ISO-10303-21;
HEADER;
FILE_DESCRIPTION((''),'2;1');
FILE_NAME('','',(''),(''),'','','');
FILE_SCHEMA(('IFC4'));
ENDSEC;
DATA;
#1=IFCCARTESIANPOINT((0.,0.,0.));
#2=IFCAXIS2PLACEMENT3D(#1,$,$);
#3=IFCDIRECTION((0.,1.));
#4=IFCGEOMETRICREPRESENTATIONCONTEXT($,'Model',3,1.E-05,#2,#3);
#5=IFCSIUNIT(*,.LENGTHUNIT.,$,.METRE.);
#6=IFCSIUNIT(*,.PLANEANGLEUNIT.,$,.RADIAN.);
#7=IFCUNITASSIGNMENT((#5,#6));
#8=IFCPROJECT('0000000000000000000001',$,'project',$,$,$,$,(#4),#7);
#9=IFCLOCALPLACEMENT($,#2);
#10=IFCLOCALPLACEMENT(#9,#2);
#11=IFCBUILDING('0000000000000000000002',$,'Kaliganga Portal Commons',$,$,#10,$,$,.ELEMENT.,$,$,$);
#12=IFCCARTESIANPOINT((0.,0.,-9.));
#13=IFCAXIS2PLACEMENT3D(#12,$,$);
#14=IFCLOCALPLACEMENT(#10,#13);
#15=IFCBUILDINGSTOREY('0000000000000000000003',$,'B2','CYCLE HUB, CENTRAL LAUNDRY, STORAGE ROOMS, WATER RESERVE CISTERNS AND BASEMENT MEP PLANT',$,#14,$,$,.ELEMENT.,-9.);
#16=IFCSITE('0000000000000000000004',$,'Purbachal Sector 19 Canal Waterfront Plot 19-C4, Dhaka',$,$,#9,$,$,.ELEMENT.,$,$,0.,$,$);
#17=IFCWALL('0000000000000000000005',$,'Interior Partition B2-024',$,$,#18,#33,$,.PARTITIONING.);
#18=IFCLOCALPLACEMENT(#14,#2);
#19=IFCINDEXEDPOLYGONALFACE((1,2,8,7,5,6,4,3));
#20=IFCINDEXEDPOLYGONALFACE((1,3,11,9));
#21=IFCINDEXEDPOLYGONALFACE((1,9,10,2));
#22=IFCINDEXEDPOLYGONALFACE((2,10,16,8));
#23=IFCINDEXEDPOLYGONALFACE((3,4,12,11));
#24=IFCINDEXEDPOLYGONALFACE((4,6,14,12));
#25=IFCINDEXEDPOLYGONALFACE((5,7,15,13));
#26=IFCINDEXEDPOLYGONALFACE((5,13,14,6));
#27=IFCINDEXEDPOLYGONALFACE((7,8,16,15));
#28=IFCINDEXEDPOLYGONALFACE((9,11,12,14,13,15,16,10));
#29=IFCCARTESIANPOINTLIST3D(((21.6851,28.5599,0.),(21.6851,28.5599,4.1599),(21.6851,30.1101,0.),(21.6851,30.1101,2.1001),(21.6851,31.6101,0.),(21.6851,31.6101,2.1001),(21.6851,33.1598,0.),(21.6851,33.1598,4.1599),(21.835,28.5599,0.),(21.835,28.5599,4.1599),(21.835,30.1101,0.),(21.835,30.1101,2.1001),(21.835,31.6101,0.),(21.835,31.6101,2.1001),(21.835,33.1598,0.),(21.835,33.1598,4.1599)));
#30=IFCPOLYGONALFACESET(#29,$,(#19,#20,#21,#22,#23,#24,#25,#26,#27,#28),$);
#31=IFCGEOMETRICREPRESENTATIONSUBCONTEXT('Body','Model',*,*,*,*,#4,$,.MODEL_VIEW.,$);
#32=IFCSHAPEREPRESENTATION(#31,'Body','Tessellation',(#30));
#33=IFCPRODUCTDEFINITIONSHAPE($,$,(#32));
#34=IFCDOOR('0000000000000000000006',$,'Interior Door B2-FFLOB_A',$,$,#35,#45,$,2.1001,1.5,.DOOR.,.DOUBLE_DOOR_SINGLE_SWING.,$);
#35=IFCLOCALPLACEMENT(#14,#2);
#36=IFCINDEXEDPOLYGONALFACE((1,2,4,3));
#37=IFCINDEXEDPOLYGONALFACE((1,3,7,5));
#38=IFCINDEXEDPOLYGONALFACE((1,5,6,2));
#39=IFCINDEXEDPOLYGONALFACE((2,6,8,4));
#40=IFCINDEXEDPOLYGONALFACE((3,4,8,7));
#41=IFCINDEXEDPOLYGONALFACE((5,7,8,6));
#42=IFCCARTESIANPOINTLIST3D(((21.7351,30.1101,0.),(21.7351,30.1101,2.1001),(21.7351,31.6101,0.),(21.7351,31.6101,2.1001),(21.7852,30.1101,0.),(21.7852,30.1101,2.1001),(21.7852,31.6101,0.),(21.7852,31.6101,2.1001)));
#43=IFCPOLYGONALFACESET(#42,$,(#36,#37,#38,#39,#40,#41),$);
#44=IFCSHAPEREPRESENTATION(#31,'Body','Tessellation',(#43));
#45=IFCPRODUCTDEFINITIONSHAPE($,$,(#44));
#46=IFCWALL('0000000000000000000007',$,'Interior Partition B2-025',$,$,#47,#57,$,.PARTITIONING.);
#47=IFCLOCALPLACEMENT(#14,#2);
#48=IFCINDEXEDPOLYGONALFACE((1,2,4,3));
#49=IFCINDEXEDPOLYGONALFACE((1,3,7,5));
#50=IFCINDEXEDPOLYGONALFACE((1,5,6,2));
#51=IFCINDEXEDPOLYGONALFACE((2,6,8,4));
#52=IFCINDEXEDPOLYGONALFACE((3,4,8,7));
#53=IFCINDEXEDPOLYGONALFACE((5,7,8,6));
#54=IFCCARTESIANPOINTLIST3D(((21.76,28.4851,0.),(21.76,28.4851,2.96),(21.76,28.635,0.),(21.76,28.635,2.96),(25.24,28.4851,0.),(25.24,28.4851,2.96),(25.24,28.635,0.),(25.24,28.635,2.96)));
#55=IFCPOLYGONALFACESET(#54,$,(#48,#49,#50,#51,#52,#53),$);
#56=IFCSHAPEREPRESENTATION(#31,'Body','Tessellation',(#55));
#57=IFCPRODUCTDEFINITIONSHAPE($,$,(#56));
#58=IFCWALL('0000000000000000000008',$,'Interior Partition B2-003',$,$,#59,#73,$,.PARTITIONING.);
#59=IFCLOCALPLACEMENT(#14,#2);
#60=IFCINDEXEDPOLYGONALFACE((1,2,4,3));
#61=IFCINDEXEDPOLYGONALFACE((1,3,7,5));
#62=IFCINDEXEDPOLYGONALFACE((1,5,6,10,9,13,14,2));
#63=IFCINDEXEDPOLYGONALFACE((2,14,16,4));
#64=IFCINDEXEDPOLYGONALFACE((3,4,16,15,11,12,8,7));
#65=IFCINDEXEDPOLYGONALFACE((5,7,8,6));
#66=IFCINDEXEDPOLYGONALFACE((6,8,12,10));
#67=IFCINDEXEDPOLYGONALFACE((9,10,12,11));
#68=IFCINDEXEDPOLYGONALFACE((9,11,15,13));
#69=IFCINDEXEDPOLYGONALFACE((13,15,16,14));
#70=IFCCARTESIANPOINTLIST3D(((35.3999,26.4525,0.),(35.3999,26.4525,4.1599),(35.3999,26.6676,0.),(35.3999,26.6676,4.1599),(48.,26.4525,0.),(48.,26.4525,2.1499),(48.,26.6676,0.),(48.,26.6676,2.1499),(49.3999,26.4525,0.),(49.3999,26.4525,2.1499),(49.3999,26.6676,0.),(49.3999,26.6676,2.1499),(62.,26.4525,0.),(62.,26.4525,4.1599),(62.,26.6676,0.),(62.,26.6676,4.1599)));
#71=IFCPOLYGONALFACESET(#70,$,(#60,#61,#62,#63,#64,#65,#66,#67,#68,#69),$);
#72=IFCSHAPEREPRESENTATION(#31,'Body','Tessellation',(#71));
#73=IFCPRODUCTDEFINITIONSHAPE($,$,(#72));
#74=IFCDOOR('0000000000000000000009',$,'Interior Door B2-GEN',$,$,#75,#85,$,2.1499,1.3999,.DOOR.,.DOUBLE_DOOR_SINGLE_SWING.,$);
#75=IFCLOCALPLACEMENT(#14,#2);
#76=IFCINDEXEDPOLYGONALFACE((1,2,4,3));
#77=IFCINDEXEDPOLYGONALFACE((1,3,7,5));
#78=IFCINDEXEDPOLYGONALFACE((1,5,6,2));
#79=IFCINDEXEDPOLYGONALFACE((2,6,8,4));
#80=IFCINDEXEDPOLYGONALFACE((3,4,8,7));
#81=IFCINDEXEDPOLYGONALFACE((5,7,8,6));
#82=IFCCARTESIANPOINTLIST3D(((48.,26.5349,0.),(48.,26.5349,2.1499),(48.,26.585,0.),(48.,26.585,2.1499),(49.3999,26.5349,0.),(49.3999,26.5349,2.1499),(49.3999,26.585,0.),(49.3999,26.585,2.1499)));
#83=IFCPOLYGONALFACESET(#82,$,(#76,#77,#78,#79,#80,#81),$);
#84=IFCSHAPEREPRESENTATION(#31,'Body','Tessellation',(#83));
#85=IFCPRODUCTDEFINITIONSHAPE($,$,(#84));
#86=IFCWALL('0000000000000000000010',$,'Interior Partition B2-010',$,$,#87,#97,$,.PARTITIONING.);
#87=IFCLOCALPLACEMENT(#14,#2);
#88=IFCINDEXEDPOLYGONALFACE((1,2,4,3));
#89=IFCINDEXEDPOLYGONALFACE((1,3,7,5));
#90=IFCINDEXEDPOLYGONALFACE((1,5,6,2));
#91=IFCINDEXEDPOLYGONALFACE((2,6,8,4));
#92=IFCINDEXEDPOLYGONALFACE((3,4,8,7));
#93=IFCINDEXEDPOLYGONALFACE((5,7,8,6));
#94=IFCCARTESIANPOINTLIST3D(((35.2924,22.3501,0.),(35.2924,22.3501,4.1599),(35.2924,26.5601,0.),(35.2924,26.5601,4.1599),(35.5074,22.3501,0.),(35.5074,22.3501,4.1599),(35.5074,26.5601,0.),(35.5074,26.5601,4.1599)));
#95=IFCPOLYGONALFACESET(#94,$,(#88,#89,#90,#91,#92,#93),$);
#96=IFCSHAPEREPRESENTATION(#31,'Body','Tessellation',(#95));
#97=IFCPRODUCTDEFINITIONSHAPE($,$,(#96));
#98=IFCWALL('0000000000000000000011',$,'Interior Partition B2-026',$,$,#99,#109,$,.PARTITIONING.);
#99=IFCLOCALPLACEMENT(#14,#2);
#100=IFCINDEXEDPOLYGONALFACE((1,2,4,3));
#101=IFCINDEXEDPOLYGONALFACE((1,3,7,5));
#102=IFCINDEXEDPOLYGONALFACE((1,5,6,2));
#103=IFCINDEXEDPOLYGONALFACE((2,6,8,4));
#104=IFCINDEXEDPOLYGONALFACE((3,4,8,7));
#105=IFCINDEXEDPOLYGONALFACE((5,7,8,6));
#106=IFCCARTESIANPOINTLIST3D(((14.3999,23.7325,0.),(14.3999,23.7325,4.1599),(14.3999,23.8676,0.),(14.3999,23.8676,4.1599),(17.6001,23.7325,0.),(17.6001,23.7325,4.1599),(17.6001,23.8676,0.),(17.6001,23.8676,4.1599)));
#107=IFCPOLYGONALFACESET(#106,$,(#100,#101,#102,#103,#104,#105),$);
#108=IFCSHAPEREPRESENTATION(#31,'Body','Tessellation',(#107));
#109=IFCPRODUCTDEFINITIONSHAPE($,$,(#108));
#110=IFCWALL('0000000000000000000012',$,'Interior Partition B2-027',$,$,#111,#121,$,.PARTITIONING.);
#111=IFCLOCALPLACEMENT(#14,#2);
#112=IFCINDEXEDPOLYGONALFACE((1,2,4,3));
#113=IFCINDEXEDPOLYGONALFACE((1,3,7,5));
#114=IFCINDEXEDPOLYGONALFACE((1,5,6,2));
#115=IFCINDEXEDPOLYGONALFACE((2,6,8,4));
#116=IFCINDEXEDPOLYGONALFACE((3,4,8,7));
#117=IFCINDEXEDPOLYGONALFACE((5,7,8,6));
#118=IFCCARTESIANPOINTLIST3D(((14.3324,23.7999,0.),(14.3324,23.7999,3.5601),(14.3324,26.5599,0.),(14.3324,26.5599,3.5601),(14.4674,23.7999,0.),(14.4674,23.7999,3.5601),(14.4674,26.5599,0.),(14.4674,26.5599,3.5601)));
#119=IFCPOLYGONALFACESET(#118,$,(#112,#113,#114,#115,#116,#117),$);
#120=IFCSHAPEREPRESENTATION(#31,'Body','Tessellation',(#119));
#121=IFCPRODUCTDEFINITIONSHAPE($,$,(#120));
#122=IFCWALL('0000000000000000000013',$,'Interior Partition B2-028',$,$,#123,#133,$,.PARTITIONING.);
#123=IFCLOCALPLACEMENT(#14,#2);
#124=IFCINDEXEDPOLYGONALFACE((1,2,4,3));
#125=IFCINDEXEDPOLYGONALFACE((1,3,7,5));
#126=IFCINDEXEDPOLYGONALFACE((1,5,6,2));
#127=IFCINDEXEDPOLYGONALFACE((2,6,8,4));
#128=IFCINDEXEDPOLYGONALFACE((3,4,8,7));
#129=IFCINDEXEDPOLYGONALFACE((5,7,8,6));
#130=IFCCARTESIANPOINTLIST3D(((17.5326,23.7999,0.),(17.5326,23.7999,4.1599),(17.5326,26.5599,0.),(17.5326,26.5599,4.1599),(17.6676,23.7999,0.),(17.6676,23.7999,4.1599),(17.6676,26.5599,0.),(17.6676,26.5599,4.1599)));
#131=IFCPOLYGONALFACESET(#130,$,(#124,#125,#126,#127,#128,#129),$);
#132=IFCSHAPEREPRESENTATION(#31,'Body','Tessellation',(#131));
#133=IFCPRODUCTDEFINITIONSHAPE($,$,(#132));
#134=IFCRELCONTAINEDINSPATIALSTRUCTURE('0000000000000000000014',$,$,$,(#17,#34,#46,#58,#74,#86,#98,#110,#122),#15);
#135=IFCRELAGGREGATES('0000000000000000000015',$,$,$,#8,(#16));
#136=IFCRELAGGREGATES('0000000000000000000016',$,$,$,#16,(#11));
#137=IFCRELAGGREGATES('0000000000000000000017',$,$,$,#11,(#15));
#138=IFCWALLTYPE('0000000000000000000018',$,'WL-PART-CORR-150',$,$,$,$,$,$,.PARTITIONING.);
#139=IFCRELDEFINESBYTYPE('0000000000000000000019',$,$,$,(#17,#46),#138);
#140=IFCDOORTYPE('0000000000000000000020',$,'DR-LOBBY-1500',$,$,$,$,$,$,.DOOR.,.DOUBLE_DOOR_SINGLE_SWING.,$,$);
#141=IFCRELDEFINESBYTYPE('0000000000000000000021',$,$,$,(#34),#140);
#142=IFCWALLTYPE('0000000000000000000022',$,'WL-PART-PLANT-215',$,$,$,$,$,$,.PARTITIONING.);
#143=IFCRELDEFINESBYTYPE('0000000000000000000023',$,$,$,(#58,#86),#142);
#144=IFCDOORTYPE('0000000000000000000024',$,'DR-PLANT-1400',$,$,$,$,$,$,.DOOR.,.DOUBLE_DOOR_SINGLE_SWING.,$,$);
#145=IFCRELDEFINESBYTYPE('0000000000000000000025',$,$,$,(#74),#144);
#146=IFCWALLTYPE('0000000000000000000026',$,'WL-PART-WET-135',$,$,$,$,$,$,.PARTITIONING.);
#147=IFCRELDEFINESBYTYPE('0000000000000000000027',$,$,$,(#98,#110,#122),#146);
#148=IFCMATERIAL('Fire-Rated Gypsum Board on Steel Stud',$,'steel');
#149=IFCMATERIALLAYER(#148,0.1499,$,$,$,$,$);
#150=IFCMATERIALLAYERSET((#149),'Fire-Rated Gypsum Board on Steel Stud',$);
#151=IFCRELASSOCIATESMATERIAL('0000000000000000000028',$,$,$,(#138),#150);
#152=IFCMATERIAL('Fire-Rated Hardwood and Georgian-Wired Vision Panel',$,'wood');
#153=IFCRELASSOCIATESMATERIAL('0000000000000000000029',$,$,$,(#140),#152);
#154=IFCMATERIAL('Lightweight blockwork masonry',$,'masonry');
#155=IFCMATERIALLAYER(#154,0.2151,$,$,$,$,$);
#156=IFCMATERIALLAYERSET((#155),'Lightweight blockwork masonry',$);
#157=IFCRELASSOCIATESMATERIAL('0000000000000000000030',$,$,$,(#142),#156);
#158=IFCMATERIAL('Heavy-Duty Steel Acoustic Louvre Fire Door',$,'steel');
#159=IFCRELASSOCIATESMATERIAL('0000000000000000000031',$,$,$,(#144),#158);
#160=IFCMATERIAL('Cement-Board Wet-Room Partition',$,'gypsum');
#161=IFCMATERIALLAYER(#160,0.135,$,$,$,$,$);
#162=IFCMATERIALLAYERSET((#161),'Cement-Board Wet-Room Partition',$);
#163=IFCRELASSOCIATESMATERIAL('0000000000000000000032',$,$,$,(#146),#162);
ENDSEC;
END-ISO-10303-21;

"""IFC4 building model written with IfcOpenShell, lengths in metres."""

from ifc_helpers import new_model, si_unit, direction, frame, frame_2d, origin, place, context, subcontext, project, spatial, rectangle, extrude, material, layer, layer_set, type_object, element, fill, save


model = new_model("IFC4")

# Units and contexts
model_context = context("Model", 3, precision=1e-05, world=origin(), true_north=direction((0.0, 1.0)))
body_context = subcontext(model_context, "Body", "Model", "MODEL_VIEW")
ifc_project = project(units=[si_unit("LENGTHUNIT", "METRE"), si_unit("PLANEANGLEUNIT", "RADIAN")], contexts=[model_context])

# Site, building, storey
site_placement = place(None, origin())
site = spatial("IfcSite", under=ifc_project, at=site_placement, Name="Purbachal Sector 19 Canal Waterfront Plot 19-C4, Dhaka", CompositionType="ELEMENT", RefElevation=0.0)
building_placement = place(site_placement, origin())
building = spatial("IfcBuilding", under=site, at=building_placement, Name="Kaliganga Portal Commons", CompositionType="ELEMENT")
storey_placement = place(building_placement, frame((0.0, 0.0, -9.0)))
storey = spatial("IfcBuildingStorey", under=building, at=storey_placement, Name="B2", Description="CYCLE HUB, CENTRAL LAUNDRY, STORAGE ROOMS, WATER RESERVE CISTERNS AND BASEMENT MEP PLANT", CompositionType="ELEMENT", Elevation=-9.0)

# Wall, opening, door
ifc_material_1 = material(Name="Fire-Rated Gypsum Board on Steel Stud", Category="steel")
ifc_layer_1 = layer(ifc_material_1, 0.1499)
ifc_layer_set_1 = layer_set([ifc_layer_1], Name="Fire-Rated Gypsum Board on Steel Stud")
wall_type_1 = type_object("IfcWallType", Name="WL-PART-CORR-150", PredefinedType="PARTITIONING", material=ifc_layer_set_1)
wall_1_placement = place(storey_placement, frame((21.76, 28.5601, 0.0), z_axis=(0.0, 0.0, 1.0), x_axis=(0.0, 1.0, 0.0)))
wall_1 = element("IfcWall", 1, at=wall_1_placement, inside=storey, type_object=wall_type_1, Name="Interior Partition B2-024", PredefinedType="PARTITIONING", context=body_context, shape_type="SweptSolid", body=[
    extrude(rectangle(XDim=4.5999, YDim=0.1499, at=frame_2d((2.2998, 0.0))), origin(), (0.0, 0.0, 1.0), 4.1599),
])
opening_1_placement = place(wall_1_placement, frame((1.55, 0.0, 0.0)))
opening_1 = element("IfcOpeningElement", 2, at=opening_1_placement, cuts=wall_1, PredefinedType="OPENING", context=body_context, shape_type="SweptSolid", body=[
    extrude(rectangle(XDim=1.5, YDim=2.1001, at=frame_2d((0.75, 1.05))), frame((0.0, 0.085, 0.0), z_axis=(0.0, -1.0, 0.0), x_axis=(1.0, 0.0, 0.0)), (0.0, 0.0, 1.0), 0.1699),
])
ifc_material_2 = material(Name="Fire-Rated Hardwood and Georgian-Wired Vision Panel", Category="wood")
door_type_1 = type_object("IfcDoorType", Name="DR-LOBBY-1500", OperationType="DOUBLE_DOOR_SINGLE_SWING", PredefinedType="DOOR", material=ifc_material_2)
door_1_placement = place(opening_1_placement, origin())
door_1 = element("IfcDoor", 3, at=door_1_placement, inside=storey, type_object=door_type_1, Name="Interior Door B2-FFLOB_A", OperationType="DOUBLE_DOOR_SINGLE_SWING", OverallHeight=2.1001, OverallWidth=1.5, PredefinedType="DOOR", context=body_context, shape_type="SweptSolid", body=[
    extrude(rectangle(XDim=1.5, YDim=2.1001, at=frame_2d((0.75, 1.05))), frame((0.0, 0.0249, 0.0), z_axis=(0.0, -1.0, 0.0), x_axis=(1.0, 0.0, 0.0)), (0.0, 0.0, 1.0), 0.05),
])
fill(opening_1, door_1)

# Wall
wall_2_placement = place(storey_placement, frame((21.76, 28.5601, 0.0), z_axis=(0.0, 0.0, 1.0), x_axis=(1.0, 0.0, 0.0)))
element("IfcWall", 4, at=wall_2_placement, inside=storey, type_object=wall_type_1, Name="Interior Partition B2-025", PredefinedType="PARTITIONING", context=body_context, shape_type="SweptSolid", body=[
    extrude(rectangle(XDim=3.48, YDim=0.1499, at=frame_2d((1.74, 0.0))), origin(), (0.0, 0.0, 1.0), 2.96),
])

# Wall, opening, door
ifc_material_3 = material(Name="Lightweight blockwork masonry", Category="masonry")
ifc_layer_2 = layer(ifc_material_3, 0.2151)
ifc_layer_set_2 = layer_set([ifc_layer_2], Name="Lightweight blockwork masonry")
wall_type_2 = type_object("IfcWallType", Name="WL-PART-PLANT-215", PredefinedType="PARTITIONING", material=ifc_layer_set_2)
wall_3_placement = place(storey_placement, frame((35.3999, 26.5601, 0.0), z_axis=(0.0, 0.0, 1.0), x_axis=(1.0, 0.0, 0.0)))
wall_3 = element("IfcWall", 5, at=wall_3_placement, inside=storey, type_object=wall_type_2, Name="Interior Partition B2-003", PredefinedType="PARTITIONING", context=body_context, shape_type="SweptSolid", body=[
    extrude(rectangle(XDim=26.6001, YDim=0.2151, at=frame_2d((13.3, 0.0))), origin(), (0.0, 0.0, 1.0), 4.1599),
])
opening_2_placement = place(wall_3_placement, frame((12.6001, 0.0, 0.0)))
opening_2 = element("IfcOpeningElement", 6, at=opening_2_placement, cuts=wall_3, PredefinedType="OPENING", context=body_context, shape_type="SweptSolid", body=[
    extrude(rectangle(XDim=1.3999, YDim=2.1499, at=frame_2d((0.7, 1.075))), frame((0.0, 0.1177, 0.0), z_axis=(0.0, -1.0, 0.0), x_axis=(1.0, 0.0, 0.0)), (0.0, 0.0, 1.0), 0.2351),
])
ifc_material_4 = material(Name="Heavy-Duty Steel Acoustic Louvre Fire Door", Category="steel")
door_type_2 = type_object("IfcDoorType", Name="DR-PLANT-1400", OperationType="DOUBLE_DOOR_SINGLE_SWING", PredefinedType="DOOR", material=ifc_material_4)
door_2_placement = place(opening_2_placement, origin())
door_2 = element("IfcDoor", 7, at=door_2_placement, inside=storey, type_object=door_type_2, Name="Interior Door B2-GEN", OperationType="DOUBLE_DOOR_SINGLE_SWING", OverallHeight=2.1499, OverallWidth=1.3999, PredefinedType="DOOR", context=body_context, shape_type="SweptSolid", body=[
    extrude(rectangle(XDim=1.3999, YDim=2.1499, at=frame_2d((0.7, 1.075))), frame((0.0, 0.0249, 0.0), z_axis=(0.0, -1.0, 0.0), x_axis=(1.0, 0.0, 0.0)), (0.0, 0.0, 1.0), 0.05),
])
fill(opening_2, door_2)

# Walls
wall_4_placement = place(storey_placement, frame((35.3999, 22.3501, 0.0), z_axis=(0.0, 0.0, 1.0), x_axis=(0.0, 1.0, 0.0)))
element("IfcWall", 8, at=wall_4_placement, inside=storey, type_object=wall_type_2, Name="Interior Partition B2-010", PredefinedType="PARTITIONING", context=body_context, shape_type="SweptSolid", body=[
    extrude(rectangle(XDim=4.21, YDim=0.2151, at=frame_2d((2.105, 0.0))), origin(), (0.0, 0.0, 1.0), 4.1599),
])
ifc_material_5 = material(Name="Cement-Board Wet-Room Partition", Category="gypsum")
ifc_layer_3 = layer(ifc_material_5, 0.135)
ifc_layer_set_3 = layer_set([ifc_layer_3], Name="Cement-Board Wet-Room Partition")
wall_type_3 = type_object("IfcWallType", Name="WL-PART-WET-135", PredefinedType="PARTITIONING", material=ifc_layer_set_3)
wall_5_placement = place(storey_placement, frame((14.3999, 23.8, 0.0), z_axis=(0.0, 0.0, 1.0), x_axis=(1.0, 0.0, 0.0)))
element("IfcWall", 9, at=wall_5_placement, inside=storey, type_object=wall_type_3, Name="Interior Partition B2-026", PredefinedType="PARTITIONING", context=body_context, shape_type="SweptSolid", body=[
    extrude(rectangle(XDim=3.2002, YDim=0.135, at=frame_2d((1.6001, 0.0))), origin(), (0.0, 0.0, 1.0), 4.1599),
])
wall_6_placement = place(storey_placement, frame((14.3999, 23.8, 0.0), z_axis=(0.0, 0.0, 1.0), x_axis=(0.0, 1.0, 0.0)))
element("IfcWall", 10, at=wall_6_placement, inside=storey, type_object=wall_type_3, Name="Interior Partition B2-027", PredefinedType="PARTITIONING", context=body_context, shape_type="SweptSolid", body=[
    extrude(rectangle(XDim=2.76, YDim=0.135, at=frame_2d((1.3799, 0.0))), origin(), (0.0, 0.0, 1.0), 3.5601),
])
wall_7_placement = place(storey_placement, frame((17.6001, 23.8, 0.0), z_axis=(0.0, 0.0, 1.0), x_axis=(0.0, 1.0, 0.0)))
element("IfcWall", 11, at=wall_7_placement, inside=storey, type_object=wall_type_3, Name="Interior Partition B2-028", PredefinedType="PARTITIONING", context=body_context, shape_type="SweptSolid", body=[
    extrude(rectangle(XDim=2.76, YDim=0.135, at=frame_2d((1.3799, 0.0))), origin(), (0.0, 0.0, 1.0), 4.1599),
])

save(model, "model.ifc")
